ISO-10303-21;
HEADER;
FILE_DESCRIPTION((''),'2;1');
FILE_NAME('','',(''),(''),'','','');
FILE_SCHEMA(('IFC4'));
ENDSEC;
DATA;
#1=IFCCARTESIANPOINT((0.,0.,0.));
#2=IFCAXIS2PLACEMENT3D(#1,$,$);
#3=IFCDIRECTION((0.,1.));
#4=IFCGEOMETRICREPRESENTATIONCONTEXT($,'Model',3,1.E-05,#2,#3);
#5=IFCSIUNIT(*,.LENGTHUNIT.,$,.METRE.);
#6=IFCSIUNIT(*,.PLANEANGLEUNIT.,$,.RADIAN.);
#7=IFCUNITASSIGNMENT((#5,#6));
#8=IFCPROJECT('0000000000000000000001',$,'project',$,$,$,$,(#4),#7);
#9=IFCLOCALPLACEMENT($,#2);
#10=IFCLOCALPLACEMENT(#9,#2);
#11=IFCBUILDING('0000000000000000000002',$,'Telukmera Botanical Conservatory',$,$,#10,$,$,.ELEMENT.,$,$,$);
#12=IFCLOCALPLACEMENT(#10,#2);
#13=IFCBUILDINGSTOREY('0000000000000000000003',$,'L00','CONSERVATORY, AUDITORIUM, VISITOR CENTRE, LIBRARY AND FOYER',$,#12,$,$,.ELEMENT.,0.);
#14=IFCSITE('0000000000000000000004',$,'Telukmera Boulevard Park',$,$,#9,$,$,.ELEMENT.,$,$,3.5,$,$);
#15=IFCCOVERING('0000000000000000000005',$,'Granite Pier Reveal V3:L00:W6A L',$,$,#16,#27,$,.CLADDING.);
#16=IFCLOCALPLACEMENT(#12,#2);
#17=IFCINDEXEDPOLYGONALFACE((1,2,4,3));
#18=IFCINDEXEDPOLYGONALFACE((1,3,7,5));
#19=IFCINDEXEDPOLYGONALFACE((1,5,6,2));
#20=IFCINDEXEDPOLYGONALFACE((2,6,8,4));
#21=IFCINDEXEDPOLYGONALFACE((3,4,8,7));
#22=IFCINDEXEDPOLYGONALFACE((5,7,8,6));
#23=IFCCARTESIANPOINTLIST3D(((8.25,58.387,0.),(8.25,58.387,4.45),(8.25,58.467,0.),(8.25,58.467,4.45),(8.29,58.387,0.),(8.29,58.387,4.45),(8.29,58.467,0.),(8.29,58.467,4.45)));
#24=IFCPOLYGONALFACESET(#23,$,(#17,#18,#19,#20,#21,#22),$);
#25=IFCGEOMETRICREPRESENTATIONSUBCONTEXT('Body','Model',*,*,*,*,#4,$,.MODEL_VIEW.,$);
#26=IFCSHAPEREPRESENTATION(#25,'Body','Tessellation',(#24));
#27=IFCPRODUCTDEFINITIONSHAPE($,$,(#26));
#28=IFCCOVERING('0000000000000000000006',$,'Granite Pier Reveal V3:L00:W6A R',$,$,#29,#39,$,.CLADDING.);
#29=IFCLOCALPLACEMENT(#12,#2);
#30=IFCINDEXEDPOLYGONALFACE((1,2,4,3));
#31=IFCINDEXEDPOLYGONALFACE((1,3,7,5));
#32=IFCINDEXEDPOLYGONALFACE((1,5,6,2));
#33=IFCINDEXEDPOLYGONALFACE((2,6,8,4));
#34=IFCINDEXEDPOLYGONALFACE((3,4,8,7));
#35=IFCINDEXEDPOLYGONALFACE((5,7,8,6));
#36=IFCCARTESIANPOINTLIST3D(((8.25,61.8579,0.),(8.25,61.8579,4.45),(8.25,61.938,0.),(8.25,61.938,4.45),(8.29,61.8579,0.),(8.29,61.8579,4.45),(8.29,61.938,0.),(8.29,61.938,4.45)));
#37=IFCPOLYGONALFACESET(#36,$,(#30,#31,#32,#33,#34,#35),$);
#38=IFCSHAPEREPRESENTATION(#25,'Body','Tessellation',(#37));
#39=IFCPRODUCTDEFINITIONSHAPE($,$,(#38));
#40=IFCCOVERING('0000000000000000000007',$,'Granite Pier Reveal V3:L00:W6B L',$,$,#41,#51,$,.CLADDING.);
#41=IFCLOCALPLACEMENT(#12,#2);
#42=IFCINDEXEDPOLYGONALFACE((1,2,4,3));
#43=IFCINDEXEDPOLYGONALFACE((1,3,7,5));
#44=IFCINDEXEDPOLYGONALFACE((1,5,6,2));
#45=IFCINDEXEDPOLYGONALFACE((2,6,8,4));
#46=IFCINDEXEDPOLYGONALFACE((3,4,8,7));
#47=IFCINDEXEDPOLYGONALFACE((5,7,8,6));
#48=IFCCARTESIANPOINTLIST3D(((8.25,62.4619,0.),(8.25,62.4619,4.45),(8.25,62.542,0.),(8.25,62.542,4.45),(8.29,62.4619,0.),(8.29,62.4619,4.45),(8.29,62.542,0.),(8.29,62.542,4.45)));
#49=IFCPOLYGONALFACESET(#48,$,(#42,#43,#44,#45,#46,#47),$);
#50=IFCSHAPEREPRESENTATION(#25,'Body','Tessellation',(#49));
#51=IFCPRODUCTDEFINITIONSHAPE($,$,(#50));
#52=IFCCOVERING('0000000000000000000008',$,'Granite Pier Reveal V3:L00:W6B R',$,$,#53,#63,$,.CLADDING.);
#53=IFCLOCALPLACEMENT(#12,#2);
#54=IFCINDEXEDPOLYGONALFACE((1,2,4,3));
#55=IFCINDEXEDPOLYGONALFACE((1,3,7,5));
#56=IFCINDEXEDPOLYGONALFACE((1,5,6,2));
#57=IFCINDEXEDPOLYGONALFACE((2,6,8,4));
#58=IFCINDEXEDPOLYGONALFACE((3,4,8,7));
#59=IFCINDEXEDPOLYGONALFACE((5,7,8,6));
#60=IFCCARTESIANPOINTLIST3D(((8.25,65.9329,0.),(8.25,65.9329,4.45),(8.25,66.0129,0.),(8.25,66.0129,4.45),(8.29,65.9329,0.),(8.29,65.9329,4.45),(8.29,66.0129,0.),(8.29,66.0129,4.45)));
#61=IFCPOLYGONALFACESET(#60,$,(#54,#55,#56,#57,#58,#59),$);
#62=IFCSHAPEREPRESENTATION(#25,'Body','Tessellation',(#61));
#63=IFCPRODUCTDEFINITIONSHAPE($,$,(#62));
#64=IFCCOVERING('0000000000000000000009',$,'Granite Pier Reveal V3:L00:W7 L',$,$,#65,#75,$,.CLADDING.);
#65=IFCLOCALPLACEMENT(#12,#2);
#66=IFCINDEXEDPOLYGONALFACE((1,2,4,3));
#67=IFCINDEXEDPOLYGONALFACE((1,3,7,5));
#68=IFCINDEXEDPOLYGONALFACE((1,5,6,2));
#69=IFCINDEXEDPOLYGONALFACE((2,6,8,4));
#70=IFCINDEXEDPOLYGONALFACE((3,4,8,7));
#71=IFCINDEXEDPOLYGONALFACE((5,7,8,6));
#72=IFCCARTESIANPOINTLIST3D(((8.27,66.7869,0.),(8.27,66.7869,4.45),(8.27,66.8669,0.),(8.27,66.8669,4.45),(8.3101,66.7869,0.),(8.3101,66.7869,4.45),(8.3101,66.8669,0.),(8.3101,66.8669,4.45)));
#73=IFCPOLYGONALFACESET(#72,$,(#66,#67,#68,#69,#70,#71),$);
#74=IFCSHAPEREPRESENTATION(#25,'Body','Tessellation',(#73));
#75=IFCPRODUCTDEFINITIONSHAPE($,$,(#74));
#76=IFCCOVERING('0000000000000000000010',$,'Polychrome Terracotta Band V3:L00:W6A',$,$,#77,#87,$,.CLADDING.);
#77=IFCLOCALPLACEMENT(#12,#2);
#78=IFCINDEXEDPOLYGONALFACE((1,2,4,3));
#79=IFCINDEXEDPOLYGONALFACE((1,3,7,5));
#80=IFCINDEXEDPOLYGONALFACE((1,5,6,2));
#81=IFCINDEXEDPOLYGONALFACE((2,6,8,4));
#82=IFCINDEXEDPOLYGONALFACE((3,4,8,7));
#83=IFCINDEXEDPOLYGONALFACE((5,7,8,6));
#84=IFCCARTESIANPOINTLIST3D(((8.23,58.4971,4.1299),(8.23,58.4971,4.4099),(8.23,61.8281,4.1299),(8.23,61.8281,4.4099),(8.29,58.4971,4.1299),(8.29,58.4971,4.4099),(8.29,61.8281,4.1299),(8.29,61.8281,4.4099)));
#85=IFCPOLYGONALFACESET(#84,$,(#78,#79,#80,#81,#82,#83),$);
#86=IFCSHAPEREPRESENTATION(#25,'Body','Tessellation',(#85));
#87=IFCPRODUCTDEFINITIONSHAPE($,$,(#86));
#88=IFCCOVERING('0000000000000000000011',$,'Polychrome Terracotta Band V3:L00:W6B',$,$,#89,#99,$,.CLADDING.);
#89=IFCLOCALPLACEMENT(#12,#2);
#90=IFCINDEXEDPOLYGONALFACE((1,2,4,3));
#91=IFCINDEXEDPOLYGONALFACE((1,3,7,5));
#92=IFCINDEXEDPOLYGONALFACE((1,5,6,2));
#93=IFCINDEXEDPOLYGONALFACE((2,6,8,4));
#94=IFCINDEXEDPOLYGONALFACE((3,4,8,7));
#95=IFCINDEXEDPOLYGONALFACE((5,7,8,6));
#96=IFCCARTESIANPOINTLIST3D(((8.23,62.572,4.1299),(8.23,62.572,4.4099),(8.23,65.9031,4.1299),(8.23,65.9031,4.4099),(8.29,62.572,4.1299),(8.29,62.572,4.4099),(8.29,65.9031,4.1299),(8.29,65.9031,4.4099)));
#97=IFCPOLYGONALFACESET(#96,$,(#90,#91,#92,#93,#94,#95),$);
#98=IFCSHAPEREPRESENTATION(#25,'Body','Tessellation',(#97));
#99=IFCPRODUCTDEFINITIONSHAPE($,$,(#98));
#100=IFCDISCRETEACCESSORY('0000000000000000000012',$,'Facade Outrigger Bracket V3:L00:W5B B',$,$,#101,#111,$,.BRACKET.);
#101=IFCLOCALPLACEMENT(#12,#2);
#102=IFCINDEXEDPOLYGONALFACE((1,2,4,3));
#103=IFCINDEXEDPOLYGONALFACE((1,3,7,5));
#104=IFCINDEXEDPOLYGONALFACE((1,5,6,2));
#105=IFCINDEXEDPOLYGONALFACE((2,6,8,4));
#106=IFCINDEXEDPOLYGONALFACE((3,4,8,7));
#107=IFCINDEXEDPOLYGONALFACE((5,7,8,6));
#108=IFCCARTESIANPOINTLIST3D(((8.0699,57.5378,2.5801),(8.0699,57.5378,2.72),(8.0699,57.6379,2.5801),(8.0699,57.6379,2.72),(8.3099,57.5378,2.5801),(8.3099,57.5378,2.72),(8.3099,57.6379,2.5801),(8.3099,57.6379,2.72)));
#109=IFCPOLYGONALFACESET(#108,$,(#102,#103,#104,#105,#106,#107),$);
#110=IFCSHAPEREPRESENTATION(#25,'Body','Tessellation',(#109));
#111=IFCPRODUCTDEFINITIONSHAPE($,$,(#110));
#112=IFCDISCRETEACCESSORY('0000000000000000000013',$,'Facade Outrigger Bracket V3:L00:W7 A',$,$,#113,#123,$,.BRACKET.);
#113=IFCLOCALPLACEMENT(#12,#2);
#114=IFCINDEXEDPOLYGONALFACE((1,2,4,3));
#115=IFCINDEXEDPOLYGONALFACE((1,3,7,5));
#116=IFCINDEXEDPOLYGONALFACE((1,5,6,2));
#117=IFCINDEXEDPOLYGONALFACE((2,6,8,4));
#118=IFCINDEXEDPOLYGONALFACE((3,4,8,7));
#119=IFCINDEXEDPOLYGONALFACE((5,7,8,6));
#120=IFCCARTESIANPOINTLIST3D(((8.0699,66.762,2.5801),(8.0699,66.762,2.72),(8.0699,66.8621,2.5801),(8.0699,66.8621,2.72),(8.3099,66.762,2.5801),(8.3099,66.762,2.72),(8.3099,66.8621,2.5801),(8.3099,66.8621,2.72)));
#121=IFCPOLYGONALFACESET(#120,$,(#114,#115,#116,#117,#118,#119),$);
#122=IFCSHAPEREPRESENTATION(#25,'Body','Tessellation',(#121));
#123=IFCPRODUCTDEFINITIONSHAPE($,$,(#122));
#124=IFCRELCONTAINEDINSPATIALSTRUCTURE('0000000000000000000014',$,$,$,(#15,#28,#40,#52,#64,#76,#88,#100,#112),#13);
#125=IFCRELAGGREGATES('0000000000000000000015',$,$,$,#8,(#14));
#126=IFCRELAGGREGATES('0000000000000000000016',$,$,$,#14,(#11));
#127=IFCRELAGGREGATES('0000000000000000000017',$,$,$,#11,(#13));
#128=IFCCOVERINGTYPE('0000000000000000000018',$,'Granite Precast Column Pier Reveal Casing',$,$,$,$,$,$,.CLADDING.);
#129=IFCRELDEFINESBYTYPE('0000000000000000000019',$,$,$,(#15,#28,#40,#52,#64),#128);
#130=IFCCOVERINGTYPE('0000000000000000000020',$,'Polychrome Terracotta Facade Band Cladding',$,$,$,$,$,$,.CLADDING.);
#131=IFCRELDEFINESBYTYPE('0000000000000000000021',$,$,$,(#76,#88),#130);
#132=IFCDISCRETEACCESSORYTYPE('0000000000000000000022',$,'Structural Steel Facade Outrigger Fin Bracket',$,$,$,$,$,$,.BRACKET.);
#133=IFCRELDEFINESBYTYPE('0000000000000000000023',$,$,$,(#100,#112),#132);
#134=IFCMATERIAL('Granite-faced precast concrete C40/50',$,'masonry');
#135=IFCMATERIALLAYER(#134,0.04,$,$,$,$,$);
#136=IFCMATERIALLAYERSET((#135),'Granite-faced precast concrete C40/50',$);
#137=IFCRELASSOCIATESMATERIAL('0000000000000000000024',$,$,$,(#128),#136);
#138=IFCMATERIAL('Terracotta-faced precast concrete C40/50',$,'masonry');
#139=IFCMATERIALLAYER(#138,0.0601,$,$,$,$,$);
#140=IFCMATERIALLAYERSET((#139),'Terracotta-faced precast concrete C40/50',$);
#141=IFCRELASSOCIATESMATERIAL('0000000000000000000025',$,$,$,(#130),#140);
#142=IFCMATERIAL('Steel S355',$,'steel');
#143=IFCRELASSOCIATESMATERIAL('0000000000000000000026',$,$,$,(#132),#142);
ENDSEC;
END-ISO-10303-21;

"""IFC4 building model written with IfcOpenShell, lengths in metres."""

from ifc_helpers import new_model, si_unit, direction, frame, origin, origin_2d, place, context, subcontext, project, spatial, rectangle, extrude, material, layer, layer_set, type_object, element, save


model = new_model("IFC4")

# Units and contexts
model_context = context("Model", 3, precision=1e-05, world=origin(), true_north=direction((0.0, 1.0)))
body_context = subcontext(model_context, "Body", "Model", "MODEL_VIEW")
ifc_project = project(units=[si_unit("LENGTHUNIT", "METRE"), si_unit("PLANEANGLEUNIT", "RADIAN")], contexts=[model_context])

# Site, building, storey
site_placement = place(None, origin())
site = spatial("IfcSite", under=ifc_project, at=site_placement, Name="Telukmera Boulevard Park", CompositionType="ELEMENT", RefElevation=3.5)
building_placement = place(site_placement, origin())
building = spatial("IfcBuilding", under=site, at=building_placement, Name="Telukmera Botanical Conservatory", CompositionType="ELEMENT")
storey_placement = place(building_placement, origin())
storey = spatial("IfcBuildingStorey", under=building, at=storey_placement, Name="L00", Description="CONSERVATORY, AUDITORIUM, VISITOR CENTRE, LIBRARY AND FOYER", CompositionType="ELEMENT", Elevation=0.0)

# Shared definitions
ifc_material_1 = material(Name="Terracotta-faced precast concrete C40/50", Category="masonry")

# Coverings
ifc_material_2 = material(Name="Granite-faced precast concrete C40/50", Category="masonry")
ifc_layer_1 = layer(ifc_material_2, 0.04)
ifc_layer_set_1 = layer_set([ifc_layer_1], Name="Granite-faced precast concrete C40/50")
covering_type_1 = type_object("IfcCoveringType", Name="Granite Precast Column Pier Reveal Casing", PredefinedType="CLADDING", material=ifc_layer_set_1)
for number, where, z_axis, x_axis, name in (
    (1, (8.27, 58.427, 0.0), (0.0, 0.0, 1.0), (0.0, 1.0, 0.0), "Granite Pier Reveal V3:L00:W6A L"),
    (2, (8.27, 61.8979, 0.0), (0.0, 0.0, 1.0), (0.0, 1.0, 0.0), "Granite Pier Reveal V3:L00:W6A R"),
    (3, (8.27, 62.502, 0.0), (0.0, 0.0, 1.0), (0.0, 1.0, 0.0), "Granite Pier Reveal V3:L00:W6B L"),
    (4, (8.27, 65.9729, 0.0), (0.0, 0.0, 1.0), (0.0, 1.0, 0.0), "Granite Pier Reveal V3:L00:W6B R"),
    (5, (8.29, 66.8269, 0.0), (0.0, 0.0, 1.0), (0.0, 1.0, 0.0), "Granite Pier Reveal V3:L00:W7 L"),
):
    element("IfcCovering", number, at=place(storey_placement, frame(where, z_axis=z_axis, x_axis=x_axis)), inside=storey, type_object=covering_type_1, Name=name, PredefinedType="CLADDING", context=body_context, shape_type="SweptSolid", body=[
        extrude(rectangle(XDim=0.0801, YDim=0.04, at=origin_2d()), origin(), (0.0, 0.0, 1.0), 4.45),
    ])
ifc_layer_2 = layer(ifc_material_1, 0.0601)
ifc_layer_set_2 = layer_set([ifc_layer_2], Name="Terracotta-faced precast concrete C40/50")
covering_type_2 = type_object("IfcCoveringType", Name="Polychrome Terracotta Facade Band Cladding", PredefinedType="CLADDING", material=ifc_layer_set_2)
for number, where, z_axis, x_axis, name in (
    (6, (8.26, 60.1626, 4.1299), (0.0, 0.0, 1.0), (0.0, 1.0, 0.0), "Polychrome Terracotta Band V3:L00:W6A"),
    (7, (8.26, 64.2375, 4.1299), (0.0, 0.0, 1.0), (0.0, 1.0, 0.0), "Polychrome Terracotta Band V3:L00:W6B"),
):
    element("IfcCovering", number, at=place(storey_placement, frame(where, z_axis=z_axis, x_axis=x_axis)), inside=storey, type_object=covering_type_2, Name=name, PredefinedType="CLADDING", context=body_context, shape_type="SweptSolid", body=[
        extrude(rectangle(XDim=3.3311, YDim=0.0601, at=origin_2d()), origin(), (0.0, 0.0, 1.0), 0.28),
    ])

# Discrete accessories
ifc_material_3 = material(Name="Steel S355", Category="steel")
discrete_accessory_type = type_object("IfcDiscreteAccessoryType", Name="Structural Steel Facade Outrigger Fin Bracket", PredefinedType="BRACKET", material=ifc_material_3)
for number, where, z_axis, x_axis, name in (
    (8, (8.1899, 57.5879, 2.5801), (0.0, 0.0, 1.0), (0.0, 1.0, 0.0), "Facade Outrigger Bracket V3:L00:W5B B"),
    (9, (8.1899, 66.812, 2.5801), (0.0, 0.0, 1.0), (0.0, 1.0, 0.0), "Facade Outrigger Bracket V3:L00:W7 A"),
):
    element("IfcDiscreteAccessory", number, at=place(storey_placement, frame(where, z_axis=z_axis, x_axis=x_axis)), inside=storey, type_object=discrete_accessory_type, Name=name, PredefinedType="BRACKET", context=body_context, shape_type="SweptSolid", body=[
        extrude(rectangle(XDim=0.1001, YDim=0.24, at=origin_2d()), origin(), (0.0, 0.0, 1.0), 0.1399),
    ])

save(model, "model.ifc")
